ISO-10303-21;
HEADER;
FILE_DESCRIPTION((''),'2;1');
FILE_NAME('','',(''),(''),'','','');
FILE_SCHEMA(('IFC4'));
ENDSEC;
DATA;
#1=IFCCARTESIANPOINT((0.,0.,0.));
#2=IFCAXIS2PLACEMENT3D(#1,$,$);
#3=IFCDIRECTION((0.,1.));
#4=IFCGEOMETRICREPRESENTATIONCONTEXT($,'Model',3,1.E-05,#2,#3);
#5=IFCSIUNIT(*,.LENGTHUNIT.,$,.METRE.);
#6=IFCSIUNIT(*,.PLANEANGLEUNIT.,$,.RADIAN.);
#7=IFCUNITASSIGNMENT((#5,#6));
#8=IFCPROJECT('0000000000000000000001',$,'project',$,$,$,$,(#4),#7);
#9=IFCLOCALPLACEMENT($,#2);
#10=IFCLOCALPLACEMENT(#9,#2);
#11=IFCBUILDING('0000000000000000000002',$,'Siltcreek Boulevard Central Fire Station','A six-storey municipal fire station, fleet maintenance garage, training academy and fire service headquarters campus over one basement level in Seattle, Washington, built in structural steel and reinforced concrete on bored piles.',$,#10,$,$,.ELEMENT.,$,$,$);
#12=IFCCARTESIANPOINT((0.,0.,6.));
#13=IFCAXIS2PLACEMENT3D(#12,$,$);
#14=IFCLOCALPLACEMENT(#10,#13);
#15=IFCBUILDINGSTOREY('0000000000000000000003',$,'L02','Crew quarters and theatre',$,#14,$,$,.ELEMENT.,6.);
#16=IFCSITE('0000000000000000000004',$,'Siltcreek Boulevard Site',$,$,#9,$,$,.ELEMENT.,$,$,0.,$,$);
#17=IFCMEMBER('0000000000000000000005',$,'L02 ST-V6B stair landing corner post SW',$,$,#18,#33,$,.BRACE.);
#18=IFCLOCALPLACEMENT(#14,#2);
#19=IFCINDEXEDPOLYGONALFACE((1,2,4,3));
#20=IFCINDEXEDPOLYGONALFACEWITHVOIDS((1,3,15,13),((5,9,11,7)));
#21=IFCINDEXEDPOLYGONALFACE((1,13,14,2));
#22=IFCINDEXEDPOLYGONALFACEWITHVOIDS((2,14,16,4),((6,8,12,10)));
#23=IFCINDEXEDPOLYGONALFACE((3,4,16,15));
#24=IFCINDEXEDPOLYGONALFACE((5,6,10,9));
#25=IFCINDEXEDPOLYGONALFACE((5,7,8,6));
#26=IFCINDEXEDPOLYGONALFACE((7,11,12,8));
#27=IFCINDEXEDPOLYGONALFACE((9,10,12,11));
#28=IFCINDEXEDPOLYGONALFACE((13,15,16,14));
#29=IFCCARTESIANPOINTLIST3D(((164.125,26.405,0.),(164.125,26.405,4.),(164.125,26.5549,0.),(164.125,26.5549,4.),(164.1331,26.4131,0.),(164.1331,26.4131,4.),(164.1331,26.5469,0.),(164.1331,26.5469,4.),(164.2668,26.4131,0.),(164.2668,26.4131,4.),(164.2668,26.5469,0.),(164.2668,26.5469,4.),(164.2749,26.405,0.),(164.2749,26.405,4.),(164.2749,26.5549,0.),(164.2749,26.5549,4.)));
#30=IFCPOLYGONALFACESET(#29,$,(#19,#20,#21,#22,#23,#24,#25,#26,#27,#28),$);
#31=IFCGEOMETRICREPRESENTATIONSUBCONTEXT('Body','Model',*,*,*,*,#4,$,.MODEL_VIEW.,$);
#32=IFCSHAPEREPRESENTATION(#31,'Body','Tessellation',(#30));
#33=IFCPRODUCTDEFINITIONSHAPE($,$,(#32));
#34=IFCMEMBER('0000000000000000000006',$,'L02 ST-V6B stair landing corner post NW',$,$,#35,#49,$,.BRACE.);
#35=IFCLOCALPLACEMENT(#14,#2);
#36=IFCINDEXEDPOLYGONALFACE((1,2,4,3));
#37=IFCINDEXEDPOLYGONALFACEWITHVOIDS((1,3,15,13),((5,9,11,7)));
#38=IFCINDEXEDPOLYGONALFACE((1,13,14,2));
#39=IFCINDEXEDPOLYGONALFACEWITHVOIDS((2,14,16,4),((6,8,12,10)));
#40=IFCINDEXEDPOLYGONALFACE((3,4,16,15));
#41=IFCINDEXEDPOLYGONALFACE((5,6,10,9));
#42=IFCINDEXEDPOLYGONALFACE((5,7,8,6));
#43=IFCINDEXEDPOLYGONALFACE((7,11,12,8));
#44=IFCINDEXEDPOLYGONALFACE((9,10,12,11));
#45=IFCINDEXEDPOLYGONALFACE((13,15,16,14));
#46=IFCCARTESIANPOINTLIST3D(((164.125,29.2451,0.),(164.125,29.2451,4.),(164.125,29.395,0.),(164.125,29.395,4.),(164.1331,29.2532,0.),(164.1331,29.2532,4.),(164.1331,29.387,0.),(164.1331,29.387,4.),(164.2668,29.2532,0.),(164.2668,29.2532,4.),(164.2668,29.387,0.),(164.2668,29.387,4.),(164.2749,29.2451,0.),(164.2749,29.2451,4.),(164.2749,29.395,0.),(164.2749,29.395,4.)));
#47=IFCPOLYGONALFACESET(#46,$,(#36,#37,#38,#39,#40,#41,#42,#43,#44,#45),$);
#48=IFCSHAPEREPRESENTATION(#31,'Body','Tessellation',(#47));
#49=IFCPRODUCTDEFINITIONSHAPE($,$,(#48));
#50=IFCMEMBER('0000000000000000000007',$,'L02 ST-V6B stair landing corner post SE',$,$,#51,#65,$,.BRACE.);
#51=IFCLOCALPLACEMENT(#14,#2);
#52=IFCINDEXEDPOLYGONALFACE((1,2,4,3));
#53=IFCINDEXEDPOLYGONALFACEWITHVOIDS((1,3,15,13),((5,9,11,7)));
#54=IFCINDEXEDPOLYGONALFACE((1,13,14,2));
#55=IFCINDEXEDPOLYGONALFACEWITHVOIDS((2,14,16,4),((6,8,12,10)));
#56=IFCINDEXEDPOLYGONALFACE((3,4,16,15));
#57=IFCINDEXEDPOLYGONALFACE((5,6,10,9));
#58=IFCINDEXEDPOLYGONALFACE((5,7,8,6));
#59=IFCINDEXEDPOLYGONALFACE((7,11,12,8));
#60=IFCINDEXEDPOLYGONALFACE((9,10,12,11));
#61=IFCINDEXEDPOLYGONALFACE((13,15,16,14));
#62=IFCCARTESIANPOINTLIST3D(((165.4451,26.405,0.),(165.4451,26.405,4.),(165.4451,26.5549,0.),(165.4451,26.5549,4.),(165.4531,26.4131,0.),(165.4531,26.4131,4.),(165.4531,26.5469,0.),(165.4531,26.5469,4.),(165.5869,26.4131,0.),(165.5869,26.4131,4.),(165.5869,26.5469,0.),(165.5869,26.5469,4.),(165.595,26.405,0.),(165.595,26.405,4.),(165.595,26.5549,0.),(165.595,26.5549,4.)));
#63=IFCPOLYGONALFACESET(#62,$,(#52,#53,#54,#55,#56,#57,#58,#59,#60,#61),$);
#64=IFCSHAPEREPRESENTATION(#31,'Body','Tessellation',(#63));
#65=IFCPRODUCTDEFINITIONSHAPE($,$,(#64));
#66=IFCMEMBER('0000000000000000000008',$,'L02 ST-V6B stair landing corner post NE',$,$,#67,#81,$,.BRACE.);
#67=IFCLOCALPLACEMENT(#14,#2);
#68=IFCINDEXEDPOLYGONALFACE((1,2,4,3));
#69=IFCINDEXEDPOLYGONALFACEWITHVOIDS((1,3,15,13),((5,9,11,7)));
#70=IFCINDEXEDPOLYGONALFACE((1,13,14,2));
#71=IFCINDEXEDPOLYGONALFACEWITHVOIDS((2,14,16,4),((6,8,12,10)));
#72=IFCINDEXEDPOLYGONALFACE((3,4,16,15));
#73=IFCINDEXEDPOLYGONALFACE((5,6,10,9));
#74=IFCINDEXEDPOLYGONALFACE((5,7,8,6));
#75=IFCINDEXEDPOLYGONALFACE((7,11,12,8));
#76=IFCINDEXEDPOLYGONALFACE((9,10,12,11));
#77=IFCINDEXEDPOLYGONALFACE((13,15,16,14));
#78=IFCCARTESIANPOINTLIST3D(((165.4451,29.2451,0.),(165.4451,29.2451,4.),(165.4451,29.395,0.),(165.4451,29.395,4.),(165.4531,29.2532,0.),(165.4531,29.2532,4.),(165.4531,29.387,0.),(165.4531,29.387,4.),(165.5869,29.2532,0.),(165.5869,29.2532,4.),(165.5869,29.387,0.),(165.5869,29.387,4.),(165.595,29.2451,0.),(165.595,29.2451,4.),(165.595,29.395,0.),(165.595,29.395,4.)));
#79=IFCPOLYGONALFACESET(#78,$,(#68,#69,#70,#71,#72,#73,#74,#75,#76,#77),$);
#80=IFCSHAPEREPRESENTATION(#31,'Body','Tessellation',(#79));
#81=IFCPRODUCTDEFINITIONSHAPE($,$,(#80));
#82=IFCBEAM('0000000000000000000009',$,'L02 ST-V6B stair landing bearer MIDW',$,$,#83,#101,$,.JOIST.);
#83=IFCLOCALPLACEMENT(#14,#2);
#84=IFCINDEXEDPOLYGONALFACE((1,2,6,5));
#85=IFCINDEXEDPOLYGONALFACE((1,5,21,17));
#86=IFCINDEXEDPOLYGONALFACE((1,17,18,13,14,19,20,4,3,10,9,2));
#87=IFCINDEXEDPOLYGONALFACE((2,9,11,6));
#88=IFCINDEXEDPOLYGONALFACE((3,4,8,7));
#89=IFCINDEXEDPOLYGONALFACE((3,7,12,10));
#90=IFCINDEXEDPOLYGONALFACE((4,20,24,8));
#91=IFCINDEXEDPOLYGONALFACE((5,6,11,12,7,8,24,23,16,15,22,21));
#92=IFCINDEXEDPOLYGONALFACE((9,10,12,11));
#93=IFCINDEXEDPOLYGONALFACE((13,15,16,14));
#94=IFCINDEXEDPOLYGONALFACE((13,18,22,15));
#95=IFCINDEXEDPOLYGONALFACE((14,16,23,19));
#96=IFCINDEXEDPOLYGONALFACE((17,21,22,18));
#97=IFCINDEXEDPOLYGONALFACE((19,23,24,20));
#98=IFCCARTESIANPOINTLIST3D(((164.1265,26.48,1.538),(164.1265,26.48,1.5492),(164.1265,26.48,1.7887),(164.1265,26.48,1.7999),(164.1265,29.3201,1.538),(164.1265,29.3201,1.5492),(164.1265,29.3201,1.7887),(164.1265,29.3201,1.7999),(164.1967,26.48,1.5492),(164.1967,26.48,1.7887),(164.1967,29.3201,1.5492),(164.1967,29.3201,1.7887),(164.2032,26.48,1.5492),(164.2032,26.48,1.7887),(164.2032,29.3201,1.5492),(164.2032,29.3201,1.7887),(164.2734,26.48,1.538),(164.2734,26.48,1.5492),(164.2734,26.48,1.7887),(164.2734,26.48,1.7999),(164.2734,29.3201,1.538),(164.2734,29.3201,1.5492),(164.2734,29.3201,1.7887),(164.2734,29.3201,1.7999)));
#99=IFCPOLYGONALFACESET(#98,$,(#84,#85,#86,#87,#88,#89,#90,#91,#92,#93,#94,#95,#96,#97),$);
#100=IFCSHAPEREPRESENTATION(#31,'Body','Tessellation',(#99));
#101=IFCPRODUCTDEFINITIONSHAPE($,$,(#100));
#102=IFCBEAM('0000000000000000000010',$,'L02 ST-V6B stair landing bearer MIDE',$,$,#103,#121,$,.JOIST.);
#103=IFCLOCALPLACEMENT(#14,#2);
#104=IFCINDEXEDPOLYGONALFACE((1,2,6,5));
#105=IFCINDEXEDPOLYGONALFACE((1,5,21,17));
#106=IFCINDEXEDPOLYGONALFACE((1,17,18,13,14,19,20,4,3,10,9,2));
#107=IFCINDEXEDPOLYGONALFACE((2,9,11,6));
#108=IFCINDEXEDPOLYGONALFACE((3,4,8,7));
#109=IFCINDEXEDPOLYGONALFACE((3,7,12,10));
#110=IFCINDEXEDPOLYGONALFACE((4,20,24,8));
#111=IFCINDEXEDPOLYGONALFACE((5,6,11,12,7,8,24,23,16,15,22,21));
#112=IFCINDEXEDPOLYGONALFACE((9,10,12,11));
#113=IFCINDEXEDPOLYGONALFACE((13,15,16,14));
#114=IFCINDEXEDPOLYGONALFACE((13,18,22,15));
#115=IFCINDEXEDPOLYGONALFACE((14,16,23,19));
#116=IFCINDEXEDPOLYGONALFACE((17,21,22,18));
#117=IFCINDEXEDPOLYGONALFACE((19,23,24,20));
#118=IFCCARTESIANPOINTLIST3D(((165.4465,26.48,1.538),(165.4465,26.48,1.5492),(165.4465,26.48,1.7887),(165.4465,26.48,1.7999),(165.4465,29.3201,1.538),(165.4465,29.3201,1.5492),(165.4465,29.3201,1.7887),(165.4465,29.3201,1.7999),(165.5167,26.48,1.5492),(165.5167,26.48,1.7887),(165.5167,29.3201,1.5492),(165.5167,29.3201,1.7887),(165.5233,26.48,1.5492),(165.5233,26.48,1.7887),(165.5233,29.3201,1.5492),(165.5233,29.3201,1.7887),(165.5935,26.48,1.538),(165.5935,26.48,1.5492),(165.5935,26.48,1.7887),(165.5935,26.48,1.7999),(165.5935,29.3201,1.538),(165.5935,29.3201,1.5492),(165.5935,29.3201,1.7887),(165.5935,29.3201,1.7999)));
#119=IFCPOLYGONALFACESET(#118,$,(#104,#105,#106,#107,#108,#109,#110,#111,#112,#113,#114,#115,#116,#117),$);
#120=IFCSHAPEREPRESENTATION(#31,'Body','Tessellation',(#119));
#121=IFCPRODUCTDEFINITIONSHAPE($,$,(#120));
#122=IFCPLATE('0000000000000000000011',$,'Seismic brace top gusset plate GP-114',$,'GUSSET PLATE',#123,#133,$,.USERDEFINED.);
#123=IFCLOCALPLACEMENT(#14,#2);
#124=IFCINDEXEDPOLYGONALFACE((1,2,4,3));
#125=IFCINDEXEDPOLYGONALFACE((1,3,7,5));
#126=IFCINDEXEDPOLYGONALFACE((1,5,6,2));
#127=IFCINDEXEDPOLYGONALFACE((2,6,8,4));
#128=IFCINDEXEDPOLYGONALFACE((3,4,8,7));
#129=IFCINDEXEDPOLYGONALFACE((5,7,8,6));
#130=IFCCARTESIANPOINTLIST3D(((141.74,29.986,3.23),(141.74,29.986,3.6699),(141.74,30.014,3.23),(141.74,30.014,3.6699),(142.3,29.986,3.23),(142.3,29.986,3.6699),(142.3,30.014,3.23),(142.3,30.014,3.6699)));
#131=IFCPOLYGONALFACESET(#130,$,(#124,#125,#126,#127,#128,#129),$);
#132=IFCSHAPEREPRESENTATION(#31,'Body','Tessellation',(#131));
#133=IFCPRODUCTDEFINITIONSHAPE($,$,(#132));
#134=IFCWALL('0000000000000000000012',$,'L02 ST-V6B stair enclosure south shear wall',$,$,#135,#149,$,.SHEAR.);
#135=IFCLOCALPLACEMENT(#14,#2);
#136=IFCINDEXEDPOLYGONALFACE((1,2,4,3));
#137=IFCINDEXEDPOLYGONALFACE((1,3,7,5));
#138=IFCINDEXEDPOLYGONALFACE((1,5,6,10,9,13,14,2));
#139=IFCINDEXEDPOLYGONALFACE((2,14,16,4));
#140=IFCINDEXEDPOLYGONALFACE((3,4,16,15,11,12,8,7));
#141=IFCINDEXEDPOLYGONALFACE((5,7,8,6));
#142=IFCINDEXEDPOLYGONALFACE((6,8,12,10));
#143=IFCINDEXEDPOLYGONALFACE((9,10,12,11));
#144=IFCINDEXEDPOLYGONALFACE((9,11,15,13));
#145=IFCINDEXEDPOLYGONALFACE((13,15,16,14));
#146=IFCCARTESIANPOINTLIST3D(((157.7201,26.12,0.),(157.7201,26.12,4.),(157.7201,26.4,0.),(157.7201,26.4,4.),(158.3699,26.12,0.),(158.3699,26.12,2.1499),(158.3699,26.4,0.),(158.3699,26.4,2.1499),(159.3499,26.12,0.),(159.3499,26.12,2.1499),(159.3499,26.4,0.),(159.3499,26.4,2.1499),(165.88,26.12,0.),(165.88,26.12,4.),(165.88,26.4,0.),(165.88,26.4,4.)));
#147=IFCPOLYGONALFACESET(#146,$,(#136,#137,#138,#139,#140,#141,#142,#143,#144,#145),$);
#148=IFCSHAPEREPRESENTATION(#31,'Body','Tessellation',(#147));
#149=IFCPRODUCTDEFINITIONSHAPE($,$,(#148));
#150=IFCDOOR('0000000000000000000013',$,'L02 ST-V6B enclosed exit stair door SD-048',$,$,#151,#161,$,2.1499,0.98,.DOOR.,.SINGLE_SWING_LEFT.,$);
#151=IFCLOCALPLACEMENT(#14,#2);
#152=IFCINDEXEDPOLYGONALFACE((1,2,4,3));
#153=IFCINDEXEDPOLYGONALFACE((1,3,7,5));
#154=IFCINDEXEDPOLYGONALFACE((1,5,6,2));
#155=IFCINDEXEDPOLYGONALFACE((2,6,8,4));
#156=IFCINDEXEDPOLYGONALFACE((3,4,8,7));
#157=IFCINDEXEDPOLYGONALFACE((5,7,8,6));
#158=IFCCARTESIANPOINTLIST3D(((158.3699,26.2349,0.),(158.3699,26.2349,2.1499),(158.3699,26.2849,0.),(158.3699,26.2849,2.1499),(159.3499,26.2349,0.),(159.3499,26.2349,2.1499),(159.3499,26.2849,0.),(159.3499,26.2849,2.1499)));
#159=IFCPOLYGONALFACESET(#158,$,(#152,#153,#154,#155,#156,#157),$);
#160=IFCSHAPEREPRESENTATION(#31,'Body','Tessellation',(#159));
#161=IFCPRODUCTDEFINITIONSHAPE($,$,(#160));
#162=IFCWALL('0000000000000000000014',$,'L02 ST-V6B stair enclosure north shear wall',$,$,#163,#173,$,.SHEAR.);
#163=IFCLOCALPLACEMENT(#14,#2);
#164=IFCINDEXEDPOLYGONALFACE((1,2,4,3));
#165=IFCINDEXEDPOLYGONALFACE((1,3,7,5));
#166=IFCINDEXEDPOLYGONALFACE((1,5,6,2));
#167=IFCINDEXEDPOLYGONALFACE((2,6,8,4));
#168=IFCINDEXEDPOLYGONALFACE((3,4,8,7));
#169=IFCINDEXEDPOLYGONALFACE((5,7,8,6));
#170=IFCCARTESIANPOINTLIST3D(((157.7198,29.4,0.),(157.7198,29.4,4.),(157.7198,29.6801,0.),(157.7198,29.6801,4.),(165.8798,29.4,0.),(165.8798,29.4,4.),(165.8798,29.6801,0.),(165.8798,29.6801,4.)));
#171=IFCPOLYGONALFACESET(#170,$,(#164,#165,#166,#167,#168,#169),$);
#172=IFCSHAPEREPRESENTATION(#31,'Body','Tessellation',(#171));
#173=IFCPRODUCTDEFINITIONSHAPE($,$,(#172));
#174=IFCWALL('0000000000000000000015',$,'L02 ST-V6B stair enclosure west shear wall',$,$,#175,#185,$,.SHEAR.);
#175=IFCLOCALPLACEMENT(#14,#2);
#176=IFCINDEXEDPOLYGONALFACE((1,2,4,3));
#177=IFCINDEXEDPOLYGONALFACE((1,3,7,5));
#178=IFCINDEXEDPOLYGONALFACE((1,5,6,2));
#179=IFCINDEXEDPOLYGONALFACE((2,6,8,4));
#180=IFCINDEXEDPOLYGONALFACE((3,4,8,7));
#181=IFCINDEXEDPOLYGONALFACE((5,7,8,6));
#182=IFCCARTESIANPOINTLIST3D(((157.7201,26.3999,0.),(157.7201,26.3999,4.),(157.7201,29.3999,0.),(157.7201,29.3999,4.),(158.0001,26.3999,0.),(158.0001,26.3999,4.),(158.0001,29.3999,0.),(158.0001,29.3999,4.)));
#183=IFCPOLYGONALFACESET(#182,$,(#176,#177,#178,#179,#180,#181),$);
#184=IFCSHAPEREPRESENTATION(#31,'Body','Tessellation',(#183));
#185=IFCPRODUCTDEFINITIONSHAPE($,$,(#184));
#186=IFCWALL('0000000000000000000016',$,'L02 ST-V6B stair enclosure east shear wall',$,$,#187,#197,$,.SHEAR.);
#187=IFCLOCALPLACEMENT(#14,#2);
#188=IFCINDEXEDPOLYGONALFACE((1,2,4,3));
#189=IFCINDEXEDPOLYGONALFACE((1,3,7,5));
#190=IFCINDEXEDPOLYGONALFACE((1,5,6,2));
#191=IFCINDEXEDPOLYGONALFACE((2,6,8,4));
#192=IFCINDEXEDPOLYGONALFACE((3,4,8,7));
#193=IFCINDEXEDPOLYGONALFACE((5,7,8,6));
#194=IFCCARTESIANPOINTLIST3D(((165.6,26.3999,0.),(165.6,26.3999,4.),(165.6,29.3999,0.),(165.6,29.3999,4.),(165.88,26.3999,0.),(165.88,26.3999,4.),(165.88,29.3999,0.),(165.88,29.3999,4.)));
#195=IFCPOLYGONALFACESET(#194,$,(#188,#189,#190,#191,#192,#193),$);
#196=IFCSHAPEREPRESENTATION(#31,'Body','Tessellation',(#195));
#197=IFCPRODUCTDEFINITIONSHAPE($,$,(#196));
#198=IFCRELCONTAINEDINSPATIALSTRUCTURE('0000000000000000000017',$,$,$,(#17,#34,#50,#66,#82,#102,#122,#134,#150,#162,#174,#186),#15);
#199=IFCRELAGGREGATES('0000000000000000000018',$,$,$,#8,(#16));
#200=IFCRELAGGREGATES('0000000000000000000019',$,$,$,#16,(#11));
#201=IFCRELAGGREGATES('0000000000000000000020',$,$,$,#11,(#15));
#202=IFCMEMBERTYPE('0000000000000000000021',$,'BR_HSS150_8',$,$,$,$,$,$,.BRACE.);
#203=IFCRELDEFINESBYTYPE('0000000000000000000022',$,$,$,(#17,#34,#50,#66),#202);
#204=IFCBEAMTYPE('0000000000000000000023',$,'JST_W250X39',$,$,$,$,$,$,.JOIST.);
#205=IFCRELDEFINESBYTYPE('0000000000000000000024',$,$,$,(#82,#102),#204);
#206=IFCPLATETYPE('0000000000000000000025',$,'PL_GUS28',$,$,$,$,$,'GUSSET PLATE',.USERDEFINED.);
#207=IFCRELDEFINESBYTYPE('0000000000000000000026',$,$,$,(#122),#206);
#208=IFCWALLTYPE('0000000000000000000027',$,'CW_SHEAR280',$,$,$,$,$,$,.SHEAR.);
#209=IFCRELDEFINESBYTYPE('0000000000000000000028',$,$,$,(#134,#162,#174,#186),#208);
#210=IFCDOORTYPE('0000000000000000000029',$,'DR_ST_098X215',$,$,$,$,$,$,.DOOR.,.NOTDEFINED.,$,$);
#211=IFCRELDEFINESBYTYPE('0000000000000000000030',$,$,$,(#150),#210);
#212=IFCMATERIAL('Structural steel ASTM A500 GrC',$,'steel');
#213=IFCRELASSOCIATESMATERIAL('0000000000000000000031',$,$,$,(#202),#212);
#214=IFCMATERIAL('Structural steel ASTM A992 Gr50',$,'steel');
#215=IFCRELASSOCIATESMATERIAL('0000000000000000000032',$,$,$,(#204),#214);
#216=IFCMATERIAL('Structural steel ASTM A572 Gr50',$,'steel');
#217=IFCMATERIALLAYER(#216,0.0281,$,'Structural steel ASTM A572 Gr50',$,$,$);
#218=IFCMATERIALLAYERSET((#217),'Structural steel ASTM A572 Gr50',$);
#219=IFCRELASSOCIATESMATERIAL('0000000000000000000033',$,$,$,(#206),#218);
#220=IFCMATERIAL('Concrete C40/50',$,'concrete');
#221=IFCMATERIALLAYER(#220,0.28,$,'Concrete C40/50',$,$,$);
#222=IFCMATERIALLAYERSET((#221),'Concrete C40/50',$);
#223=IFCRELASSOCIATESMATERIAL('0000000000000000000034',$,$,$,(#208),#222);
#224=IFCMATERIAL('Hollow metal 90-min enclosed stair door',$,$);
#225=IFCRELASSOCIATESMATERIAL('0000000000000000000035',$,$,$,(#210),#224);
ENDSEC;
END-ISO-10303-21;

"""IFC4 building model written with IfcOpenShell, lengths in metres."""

from ifc_helpers import new_model, si_unit, direction, frame, frame_2d, origin, origin_2d, place, context, subcontext, project, spatial, rectangle, hollow_rectangle, i_section, extrude, material, layer, layer_set, material_profile, profile_set, type_object, element, fill, save


model = new_model("IFC4")

# Units and contexts
model_context = context("Model", 3, precision=1e-05, world=origin(), true_north=direction((0.0, 1.0)))
body_context = subcontext(model_context, "Body", "Model", "MODEL_VIEW")
ifc_project = project(units=[si_unit("LENGTHUNIT", "METRE"), si_unit("PLANEANGLEUNIT", "RADIAN")], contexts=[model_context])

# Site, building, storey
site_placement = place(None, origin())
site = spatial("IfcSite", under=ifc_project, at=site_placement, Name="Siltcreek Boulevard Site", CompositionType="ELEMENT", RefElevation=0.0)
building_placement = place(site_placement, origin())
building = spatial("IfcBuilding", under=site, at=building_placement, Name="Siltcreek Boulevard Central Fire Station", Description="A six-storey municipal fire station, fleet maintenance garage, training academy and fire service headquarters campus over one basement level in Seattle, Washington, built in structural steel and reinforced concrete on bored piles.", CompositionType="ELEMENT")
storey_placement = place(building_placement, frame((0.0, 0.0, 6.0)))
storey = spatial("IfcBuildingStorey", under=building, at=storey_placement, Name="L02", Description="Crew quarters and theatre", CompositionType="ELEMENT", Elevation=6.0)

# Members
ifc_material_1 = material(Name="Structural steel ASTM A500 GrC", Category="steel")
ifc_material_profile_1 = material_profile(ifc_material_1, hollow_rectangle(XDim=0.1499, YDim=0.1499, WallThickness=0.0081, at=origin_2d()), Name="HSS150X150X8.0")
ifc_profile_set_1 = profile_set([ifc_material_profile_1], Name="Structural steel ASTM A500 GrC")
member_type = type_object("IfcMemberType", Name="BR_HSS150_8", PredefinedType="BRACE", material=ifc_profile_set_1)
for number, where, z_axis, x_axis, name in (
    (1, (164.2, 26.48, 0.0), (0.0, 0.0, 1.0), (1.0, 0.0, 0.0), "L02 ST-V6B stair landing corner post SW"),
    (2, (164.2, 29.3201, 0.0), (0.0, 0.0, 1.0), (1.0, 0.0, 0.0), "L02 ST-V6B stair landing corner post NW"),
    (3, (165.52, 26.48, 0.0), (0.0, 0.0, 1.0), (1.0, 0.0, 0.0), "L02 ST-V6B stair landing corner post SE"),
    (4, (165.52, 29.3201, 0.0), (0.0, 0.0, 1.0), (1.0, 0.0, 0.0), "L02 ST-V6B stair landing corner post NE"),
):
    element("IfcMember", number, at=place(storey_placement, frame(where, z_axis=z_axis, x_axis=x_axis)), inside=storey, type_object=member_type, Name=name, PredefinedType="BRACE", context=body_context, shape_type="SweptSolid", body=[
        extrude(hollow_rectangle(XDim=0.1499, YDim=0.1499, WallThickness=0.0081, at=origin_2d()), origin(), (0.0, 0.0, 1.0), 4.0),
    ])

# Beams
ifc_material_2 = material(Name="Structural steel ASTM A992 Gr50", Category="steel")
ifc_material_profile_2 = material_profile(ifc_material_2, i_section(OverallWidth=0.147, OverallDepth=0.262, WebThickness=0.0066, FlangeThickness=0.0112, at=origin_2d()), Name="W250X39")
ifc_profile_set_2 = profile_set([ifc_material_profile_2], Name="Structural steel ASTM A992 Gr50")
beam_type = type_object("IfcBeamType", Name="JST_W250X39", PredefinedType="JOIST", material=ifc_profile_set_2)
for number, where, z_axis, x_axis, name in (
    (5, (164.2, 26.48, 1.6689), (0.0, 1.0, 0.0), (-1.0, 0.0, 0.0), "L02 ST-V6B stair landing bearer MIDW"),
    (6, (165.52, 26.48, 1.6689), (0.0, 1.0, 0.0), (-1.0, 0.0, 0.0), "L02 ST-V6B stair landing bearer MIDE"),
):
    element("IfcBeam", number, at=place(storey_placement, frame(where, z_axis=z_axis, x_axis=x_axis)), inside=storey, type_object=beam_type, Name=name, PredefinedType="JOIST", context=body_context, shape_type="SweptSolid", body=[
        extrude(i_section(OverallWidth=0.147, OverallDepth=0.262, WebThickness=0.0066, FlangeThickness=0.0112, at=origin_2d()), origin(), (0.0, 0.0, 1.0), 2.8401),
    ])

# Plate
ifc_material_3 = material(Name="Structural steel ASTM A572 Gr50", Category="steel")
ifc_layer_1 = layer(ifc_material_3, 0.0281, Name="Structural steel ASTM A572 Gr50")
ifc_layer_set_1 = layer_set([ifc_layer_1], Name="Structural steel ASTM A572 Gr50")
plate_type = type_object("IfcPlateType", Name="PL_GUS28", ElementType="GUSSET PLATE", PredefinedType="USERDEFINED", material=ifc_layer_set_1)
plate_placement = place(storey_placement, frame((142.02, 30.0, 3.23), z_axis=(0.0, 0.0, 1.0), x_axis=(1.0, 0.0, 0.0)))
element("IfcPlate", 7, at=plate_placement, inside=storey, type_object=plate_type, Name="Seismic brace top gusset plate GP-114", ObjectType="GUSSET PLATE", PredefinedType="USERDEFINED", context=body_context, shape_type="SweptSolid", body=[
    extrude(rectangle(XDim=0.5601, YDim=0.0281, at=origin_2d()), origin(), (0.0, 0.0, 1.0), 0.4399),
])

# Wall, opening, door
ifc_material_4 = material(Name="Concrete C40/50", Category="concrete")
ifc_layer_2 = layer(ifc_material_4, 0.28, Name="Concrete C40/50")
ifc_layer_set_2 = layer_set([ifc_layer_2], Name="Concrete C40/50")
wall_type_1 = type_object("IfcWallType", Name="CW_SHEAR280", PredefinedType="SHEAR", material=ifc_layer_set_2)
wall_1_placement = place(storey_placement, frame((157.72, 26.26, 0.0), z_axis=(0.0, 0.0, 1.0), x_axis=(1.0, 0.0, 0.0)))
wall_1 = element("IfcWall", 8, at=wall_1_placement, inside=storey, type_object=wall_type_1, Name="L02 ST-V6B stair enclosure south shear wall", PredefinedType="SHEAR", context=body_context, shape_type="SweptSolid", body=[
    extrude(rectangle(XDim=8.1599, YDim=0.28, at=frame_2d((4.0801, 0.0))), origin(), (0.0, 0.0, 1.0), 4.0),
])
opening_1_placement = place(wall_1_placement, frame((0.6499, 0.0, 0.0)))
opening_1 = element("IfcOpeningElement", 9, at=opening_1_placement, cuts=wall_1, PredefinedType="OPENING", context=body_context, shape_type="SweptSolid", body=[
    extrude(rectangle(XDim=0.98, YDim=2.1499, at=frame_2d((0.49, 1.075))), frame((0.0, 0.1499, 0.0), z_axis=(0.0, -1.0, 0.0), x_axis=(1.0, 0.0, 0.0)), (0.0, 0.0, 1.0), 0.3),
])
ifc_material_5 = material(Name="Hollow metal 90-min enclosed stair door")
door_type_1 = type_object("IfcDoorType", Name="DR_ST_098X215", OperationType="NOTDEFINED", PredefinedType="DOOR", material=ifc_material_5)
door_1_placement = place(opening_1_placement, origin())
door_1 = element("IfcDoor", 10, at=door_1_placement, inside=storey, type_object=door_type_1, Name="L02 ST-V6B enclosed exit stair door SD-048", OperationType="SINGLE_SWING_LEFT", OverallHeight=2.1499, OverallWidth=0.98, PredefinedType="DOOR", context=body_context, shape_type="SweptSolid", body=[
    extrude(rectangle(XDim=0.98, YDim=2.1499, at=frame_2d((0.49, 1.075))), frame((0.0, 0.0249, 0.0), z_axis=(0.0, -1.0, 0.0), x_axis=(1.0, 0.0, 0.0)), (0.0, 0.0, 1.0), 0.05),
])
fill(opening_1, door_1)

# Walls
wall_2_placement = place(storey_placement, frame((165.8799, 29.54, 0.0), z_axis=(0.0, 0.0, 1.0), x_axis=(-1.0, 0.0, 0.0)))
element("IfcWall", 11, at=wall_2_placement, inside=storey, type_object=wall_type_1, Name="L02 ST-V6B stair enclosure north shear wall", PredefinedType="SHEAR", context=body_context, shape_type="SweptSolid", body=[
    extrude(rectangle(XDim=8.1599, YDim=0.28, at=frame_2d((4.0801, 0.0))), origin(), (0.0, 0.0, 1.0), 4.0),
])
for number, where, z_axis, x_axis, name in (
    (12, (157.8601, 29.3999, 0.0), (0.0, 0.0, 1.0), (0.0, -1.0, 0.0), "L02 ST-V6B stair enclosure west shear wall"),
    (13, (165.74, 26.3999, 0.0), (0.0, 0.0, 1.0), (0.0, 1.0, 0.0), "L02 ST-V6B stair enclosure east shear wall"),
):
    element("IfcWall", number, at=place(storey_placement, frame(where, z_axis=z_axis, x_axis=x_axis)), inside=storey, type_object=wall_type_1, Name=name, PredefinedType="SHEAR", context=body_context, shape_type="SweptSolid", body=[
        extrude(rectangle(XDim=3.0, YDim=0.28, at=frame_2d((1.5, 0.0))), origin(), (0.0, 0.0, 1.0), 4.0),
    ])

save(model, "model.ifc")
